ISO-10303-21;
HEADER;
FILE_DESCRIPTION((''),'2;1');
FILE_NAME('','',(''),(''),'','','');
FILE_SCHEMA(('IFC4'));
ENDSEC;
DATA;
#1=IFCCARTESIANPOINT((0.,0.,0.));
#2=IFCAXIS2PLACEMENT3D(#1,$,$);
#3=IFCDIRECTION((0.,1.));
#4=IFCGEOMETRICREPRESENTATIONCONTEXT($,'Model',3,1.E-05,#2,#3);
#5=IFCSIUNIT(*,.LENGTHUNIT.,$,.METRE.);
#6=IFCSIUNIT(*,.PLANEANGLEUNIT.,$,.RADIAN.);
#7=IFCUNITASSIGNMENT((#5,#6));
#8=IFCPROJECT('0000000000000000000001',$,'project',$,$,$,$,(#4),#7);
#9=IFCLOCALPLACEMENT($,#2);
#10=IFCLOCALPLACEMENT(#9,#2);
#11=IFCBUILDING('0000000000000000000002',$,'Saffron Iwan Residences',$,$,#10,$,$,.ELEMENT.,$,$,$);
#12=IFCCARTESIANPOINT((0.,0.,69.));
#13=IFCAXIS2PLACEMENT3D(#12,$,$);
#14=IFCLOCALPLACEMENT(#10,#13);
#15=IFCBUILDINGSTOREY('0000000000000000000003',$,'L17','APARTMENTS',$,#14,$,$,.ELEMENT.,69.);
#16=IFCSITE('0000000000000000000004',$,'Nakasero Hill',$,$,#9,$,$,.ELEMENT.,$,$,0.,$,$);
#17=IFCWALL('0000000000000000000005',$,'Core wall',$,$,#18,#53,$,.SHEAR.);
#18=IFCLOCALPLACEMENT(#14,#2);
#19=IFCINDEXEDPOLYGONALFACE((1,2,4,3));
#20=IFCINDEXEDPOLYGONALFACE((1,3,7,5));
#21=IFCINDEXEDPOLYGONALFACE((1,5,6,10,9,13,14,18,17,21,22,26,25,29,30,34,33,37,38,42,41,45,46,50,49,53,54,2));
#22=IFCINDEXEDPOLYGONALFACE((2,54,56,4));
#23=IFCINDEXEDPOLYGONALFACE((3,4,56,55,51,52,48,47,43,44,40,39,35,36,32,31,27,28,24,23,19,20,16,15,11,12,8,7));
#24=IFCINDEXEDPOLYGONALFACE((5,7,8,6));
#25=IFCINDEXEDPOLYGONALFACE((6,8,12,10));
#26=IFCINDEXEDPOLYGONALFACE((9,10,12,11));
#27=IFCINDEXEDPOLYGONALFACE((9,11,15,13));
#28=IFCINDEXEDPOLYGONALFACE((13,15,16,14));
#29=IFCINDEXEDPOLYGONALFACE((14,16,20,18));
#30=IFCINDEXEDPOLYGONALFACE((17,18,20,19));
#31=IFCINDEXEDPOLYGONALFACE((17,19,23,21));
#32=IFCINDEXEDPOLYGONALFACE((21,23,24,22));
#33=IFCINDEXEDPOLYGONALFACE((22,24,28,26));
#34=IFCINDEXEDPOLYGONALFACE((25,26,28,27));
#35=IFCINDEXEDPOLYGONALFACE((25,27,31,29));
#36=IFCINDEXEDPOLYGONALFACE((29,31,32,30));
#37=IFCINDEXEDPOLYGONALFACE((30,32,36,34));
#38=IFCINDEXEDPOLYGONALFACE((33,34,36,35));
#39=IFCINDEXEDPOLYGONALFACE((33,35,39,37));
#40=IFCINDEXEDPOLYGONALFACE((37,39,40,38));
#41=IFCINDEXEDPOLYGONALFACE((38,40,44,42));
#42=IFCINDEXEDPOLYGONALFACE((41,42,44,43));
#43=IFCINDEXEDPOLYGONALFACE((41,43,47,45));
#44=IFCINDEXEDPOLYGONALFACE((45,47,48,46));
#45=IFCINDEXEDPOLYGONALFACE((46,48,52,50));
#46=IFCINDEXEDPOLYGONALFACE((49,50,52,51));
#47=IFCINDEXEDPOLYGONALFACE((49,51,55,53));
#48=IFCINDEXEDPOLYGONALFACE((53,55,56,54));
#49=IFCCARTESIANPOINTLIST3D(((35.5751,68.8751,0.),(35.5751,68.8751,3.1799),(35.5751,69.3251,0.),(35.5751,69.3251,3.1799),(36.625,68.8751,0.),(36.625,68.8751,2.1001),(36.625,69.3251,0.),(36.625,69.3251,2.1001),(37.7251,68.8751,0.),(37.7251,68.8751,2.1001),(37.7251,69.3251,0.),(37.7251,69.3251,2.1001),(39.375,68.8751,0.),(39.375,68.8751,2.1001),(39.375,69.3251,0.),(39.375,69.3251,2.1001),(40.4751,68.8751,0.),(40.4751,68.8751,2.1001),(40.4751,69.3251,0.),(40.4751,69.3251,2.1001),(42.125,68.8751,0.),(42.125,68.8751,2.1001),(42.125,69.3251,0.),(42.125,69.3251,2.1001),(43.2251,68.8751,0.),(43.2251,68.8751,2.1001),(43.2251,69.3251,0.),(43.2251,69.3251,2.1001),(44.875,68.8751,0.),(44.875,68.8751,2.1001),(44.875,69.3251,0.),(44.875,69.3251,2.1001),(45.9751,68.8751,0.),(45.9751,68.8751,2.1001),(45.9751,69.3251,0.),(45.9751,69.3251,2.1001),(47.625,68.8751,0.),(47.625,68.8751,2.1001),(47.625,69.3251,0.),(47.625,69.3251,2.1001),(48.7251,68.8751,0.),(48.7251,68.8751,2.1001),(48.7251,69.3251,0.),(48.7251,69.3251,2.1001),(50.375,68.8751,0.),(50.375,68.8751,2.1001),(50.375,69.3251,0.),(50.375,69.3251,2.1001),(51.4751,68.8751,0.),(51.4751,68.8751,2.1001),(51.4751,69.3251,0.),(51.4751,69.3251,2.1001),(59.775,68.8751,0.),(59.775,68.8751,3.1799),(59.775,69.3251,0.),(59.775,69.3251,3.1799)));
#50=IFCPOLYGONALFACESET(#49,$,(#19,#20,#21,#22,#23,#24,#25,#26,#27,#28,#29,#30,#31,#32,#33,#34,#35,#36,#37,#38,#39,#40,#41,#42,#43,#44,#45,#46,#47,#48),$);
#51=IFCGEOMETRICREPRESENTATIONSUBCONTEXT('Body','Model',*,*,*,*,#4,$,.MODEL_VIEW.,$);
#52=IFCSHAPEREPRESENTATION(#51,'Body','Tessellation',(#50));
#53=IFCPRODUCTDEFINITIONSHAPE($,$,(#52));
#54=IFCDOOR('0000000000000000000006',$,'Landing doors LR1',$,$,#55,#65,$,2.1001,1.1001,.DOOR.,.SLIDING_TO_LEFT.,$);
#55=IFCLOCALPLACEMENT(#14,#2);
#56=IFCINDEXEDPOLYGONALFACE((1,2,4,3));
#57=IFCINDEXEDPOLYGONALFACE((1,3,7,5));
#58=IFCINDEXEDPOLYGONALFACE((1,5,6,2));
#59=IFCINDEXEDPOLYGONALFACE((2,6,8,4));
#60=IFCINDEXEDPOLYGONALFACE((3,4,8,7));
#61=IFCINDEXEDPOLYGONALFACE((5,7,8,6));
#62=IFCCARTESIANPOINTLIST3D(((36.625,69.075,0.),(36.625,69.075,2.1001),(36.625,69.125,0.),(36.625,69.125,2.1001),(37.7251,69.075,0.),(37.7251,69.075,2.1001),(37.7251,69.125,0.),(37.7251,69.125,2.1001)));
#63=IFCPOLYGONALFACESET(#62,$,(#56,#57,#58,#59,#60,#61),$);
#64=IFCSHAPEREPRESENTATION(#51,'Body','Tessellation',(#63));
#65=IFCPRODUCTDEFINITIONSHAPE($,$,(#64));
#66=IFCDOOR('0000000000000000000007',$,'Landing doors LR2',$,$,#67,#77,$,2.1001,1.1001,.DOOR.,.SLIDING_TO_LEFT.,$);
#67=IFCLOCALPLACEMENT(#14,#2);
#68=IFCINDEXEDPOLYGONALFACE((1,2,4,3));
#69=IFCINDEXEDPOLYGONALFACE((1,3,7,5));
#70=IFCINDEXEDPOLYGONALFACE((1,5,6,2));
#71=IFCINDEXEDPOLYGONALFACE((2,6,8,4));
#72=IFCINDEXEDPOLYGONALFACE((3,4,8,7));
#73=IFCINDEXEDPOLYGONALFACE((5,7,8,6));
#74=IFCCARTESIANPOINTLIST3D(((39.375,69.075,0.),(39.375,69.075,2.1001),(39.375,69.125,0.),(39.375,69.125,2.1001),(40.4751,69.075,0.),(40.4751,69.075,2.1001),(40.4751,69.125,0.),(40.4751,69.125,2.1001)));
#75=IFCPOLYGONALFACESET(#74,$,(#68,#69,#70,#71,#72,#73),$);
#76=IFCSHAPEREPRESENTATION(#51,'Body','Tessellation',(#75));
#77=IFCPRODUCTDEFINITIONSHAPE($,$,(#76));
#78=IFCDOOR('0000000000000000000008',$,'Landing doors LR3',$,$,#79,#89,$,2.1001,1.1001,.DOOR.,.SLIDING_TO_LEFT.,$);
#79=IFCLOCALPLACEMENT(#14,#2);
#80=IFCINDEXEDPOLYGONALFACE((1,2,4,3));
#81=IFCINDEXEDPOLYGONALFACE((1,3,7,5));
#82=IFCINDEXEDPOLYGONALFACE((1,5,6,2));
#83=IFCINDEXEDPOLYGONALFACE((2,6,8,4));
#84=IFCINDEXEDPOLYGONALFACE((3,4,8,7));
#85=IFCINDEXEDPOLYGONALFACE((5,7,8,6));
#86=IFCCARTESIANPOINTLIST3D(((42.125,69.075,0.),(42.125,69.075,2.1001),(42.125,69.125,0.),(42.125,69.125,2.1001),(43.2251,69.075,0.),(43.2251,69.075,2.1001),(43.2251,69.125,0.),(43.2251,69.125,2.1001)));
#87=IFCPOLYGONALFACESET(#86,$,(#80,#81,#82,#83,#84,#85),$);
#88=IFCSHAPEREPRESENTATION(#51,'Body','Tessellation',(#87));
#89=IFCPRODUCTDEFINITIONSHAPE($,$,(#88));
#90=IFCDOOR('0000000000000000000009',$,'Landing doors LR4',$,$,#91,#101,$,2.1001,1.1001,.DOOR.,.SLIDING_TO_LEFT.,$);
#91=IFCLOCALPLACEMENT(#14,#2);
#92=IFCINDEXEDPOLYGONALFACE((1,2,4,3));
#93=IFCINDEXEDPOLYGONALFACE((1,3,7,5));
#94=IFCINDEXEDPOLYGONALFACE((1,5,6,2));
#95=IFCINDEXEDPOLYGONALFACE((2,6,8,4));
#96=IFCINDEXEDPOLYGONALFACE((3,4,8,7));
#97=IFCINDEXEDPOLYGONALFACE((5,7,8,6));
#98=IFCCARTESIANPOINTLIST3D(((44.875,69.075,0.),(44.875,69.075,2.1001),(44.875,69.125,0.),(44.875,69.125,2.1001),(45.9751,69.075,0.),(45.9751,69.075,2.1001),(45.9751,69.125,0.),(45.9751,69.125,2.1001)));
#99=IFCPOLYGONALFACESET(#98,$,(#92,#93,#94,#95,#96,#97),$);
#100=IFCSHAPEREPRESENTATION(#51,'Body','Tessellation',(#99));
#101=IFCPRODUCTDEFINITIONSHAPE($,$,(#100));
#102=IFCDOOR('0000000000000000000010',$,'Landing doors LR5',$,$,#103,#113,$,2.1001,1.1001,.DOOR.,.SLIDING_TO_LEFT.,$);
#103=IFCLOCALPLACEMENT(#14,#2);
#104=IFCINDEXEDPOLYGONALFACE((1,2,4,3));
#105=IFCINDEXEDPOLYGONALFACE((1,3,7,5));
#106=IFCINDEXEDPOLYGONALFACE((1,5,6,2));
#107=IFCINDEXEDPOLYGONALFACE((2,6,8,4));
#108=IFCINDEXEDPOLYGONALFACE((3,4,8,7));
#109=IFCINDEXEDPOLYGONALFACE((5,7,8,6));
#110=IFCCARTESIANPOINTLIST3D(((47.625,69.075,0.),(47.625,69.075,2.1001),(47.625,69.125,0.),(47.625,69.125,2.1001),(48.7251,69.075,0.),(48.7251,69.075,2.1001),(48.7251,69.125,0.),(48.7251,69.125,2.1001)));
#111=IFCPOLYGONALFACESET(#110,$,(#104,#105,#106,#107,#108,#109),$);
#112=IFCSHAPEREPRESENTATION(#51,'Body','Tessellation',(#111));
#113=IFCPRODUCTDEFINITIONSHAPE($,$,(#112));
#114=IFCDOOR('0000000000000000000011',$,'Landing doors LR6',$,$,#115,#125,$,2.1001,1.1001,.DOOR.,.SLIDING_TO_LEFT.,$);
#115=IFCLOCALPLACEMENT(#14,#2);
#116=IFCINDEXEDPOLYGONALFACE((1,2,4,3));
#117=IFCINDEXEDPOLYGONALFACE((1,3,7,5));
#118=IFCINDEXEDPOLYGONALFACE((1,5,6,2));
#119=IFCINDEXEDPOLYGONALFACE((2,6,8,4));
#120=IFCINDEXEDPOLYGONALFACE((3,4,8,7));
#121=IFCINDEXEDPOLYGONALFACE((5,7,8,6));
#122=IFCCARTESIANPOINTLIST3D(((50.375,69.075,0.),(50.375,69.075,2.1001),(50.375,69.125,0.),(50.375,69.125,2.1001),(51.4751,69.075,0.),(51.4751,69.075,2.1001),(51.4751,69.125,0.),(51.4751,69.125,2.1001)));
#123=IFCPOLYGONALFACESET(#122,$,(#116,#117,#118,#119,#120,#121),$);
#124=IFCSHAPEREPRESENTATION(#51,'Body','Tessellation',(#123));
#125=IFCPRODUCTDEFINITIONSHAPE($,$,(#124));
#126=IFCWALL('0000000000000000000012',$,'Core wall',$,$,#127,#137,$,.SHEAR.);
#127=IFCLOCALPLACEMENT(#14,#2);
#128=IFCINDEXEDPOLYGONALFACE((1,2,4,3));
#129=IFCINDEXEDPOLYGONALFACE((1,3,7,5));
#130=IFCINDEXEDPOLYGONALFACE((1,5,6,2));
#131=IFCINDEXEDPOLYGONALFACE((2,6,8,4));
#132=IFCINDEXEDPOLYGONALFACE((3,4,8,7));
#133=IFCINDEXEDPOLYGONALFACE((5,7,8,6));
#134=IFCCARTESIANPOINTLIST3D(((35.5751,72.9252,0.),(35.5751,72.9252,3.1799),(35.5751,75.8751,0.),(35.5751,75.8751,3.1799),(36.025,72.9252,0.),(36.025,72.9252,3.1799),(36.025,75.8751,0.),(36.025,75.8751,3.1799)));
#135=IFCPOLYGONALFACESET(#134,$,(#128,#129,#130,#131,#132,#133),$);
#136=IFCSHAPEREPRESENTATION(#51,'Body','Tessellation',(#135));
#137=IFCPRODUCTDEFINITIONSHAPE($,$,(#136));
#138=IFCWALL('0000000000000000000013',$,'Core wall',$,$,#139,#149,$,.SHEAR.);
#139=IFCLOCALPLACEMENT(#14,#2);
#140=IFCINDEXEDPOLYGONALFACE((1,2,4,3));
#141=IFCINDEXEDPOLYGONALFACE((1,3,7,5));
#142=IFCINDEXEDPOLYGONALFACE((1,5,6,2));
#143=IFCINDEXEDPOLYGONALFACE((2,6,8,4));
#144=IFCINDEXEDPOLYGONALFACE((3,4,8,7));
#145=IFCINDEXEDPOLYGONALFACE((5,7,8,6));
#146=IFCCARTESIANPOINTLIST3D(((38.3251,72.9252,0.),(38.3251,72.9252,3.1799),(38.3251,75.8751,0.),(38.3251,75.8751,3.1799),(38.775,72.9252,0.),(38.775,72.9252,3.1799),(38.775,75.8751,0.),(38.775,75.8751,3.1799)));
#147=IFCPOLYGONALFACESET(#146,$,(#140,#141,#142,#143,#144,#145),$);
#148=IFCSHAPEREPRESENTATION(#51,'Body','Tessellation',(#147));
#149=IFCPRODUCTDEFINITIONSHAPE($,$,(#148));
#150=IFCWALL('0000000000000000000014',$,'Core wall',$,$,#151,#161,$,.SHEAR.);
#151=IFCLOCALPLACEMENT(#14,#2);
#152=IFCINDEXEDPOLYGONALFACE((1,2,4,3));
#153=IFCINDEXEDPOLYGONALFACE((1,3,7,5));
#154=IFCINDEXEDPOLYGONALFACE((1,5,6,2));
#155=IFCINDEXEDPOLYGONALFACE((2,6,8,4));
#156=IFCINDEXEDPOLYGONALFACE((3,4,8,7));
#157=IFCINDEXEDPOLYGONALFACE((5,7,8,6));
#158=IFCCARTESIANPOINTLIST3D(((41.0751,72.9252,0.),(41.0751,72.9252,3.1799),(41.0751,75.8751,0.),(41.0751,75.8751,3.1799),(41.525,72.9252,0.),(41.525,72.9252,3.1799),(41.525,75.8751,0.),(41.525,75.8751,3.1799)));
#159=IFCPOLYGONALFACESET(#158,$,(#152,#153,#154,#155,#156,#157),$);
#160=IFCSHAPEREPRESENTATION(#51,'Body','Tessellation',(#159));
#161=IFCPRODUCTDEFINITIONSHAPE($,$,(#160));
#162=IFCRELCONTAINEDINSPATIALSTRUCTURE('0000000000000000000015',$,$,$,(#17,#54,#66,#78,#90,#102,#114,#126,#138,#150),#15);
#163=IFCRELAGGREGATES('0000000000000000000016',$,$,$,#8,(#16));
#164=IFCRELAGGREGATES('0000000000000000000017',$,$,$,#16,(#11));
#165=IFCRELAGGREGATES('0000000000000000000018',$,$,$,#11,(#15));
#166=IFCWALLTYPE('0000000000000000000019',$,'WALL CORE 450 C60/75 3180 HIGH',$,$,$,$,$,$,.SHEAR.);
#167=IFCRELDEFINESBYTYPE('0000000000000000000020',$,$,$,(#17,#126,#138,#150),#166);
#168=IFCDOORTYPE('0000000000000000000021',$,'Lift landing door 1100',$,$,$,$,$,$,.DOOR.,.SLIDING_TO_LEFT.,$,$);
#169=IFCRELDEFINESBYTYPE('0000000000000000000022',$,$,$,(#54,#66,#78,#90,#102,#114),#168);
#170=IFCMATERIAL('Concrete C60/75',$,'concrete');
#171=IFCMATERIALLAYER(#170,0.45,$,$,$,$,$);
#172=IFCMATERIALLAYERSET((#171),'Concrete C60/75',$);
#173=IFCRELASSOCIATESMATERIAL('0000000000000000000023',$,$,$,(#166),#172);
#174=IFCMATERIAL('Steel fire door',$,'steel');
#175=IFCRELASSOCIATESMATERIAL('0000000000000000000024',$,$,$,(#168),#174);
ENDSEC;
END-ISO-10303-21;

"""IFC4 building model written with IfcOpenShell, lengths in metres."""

from ifc_helpers import new_model, si_unit, direction, frame, frame_2d, origin, place, context, subcontext, project, spatial, rectangle, extrude, material, layer, layer_set, type_object, element, fill, save


model = new_model("IFC4")

# Units and contexts
model_context = context("Model", 3, precision=1e-05, world=origin(), true_north=direction((0.0, 1.0)))
body_context = subcontext(model_context, "Body", "Model", "MODEL_VIEW")
ifc_project = project(units=[si_unit("LENGTHUNIT", "METRE"), si_unit("PLANEANGLEUNIT", "RADIAN")], contexts=[model_context])

# Site, building, storey
site_placement = place(None, origin())
site = spatial("IfcSite", under=ifc_project, at=site_placement, Name="Nakasero Hill", CompositionType="ELEMENT", RefElevation=0.0)
building_placement = place(site_placement, origin())
building = spatial("IfcBuilding", under=site, at=building_placement, Name="Saffron Iwan Residences", CompositionType="ELEMENT")
storey_placement = place(building_placement, frame((0.0, 0.0, 69.0)))
storey = spatial("IfcBuildingStorey", under=building, at=storey_placement, Name="L17", Description="APARTMENTS", CompositionType="ELEMENT", Elevation=69.0)

# Shared definitions
ifc_material_1 = material(Name="Concrete C60/75", Category="concrete")

# Shared definitions
ifc_material_2 = material(Name="Steel fire door", Category="steel")

# Wall, openings, doors
ifc_layer_1 = layer(ifc_material_1, 0.45)
ifc_layer_set_1 = layer_set([ifc_layer_1], Name="Concrete C60/75")
wall_type_1 = type_object("IfcWallType", Name="WALL CORE 450 C60/75 3180 HIGH", PredefinedType="SHEAR", material=ifc_layer_set_1)
wall_1_placement = place(storey_placement, frame((35.575, 69.1001, 0.0), z_axis=(0.0, 0.0, 1.0), x_axis=(1.0, 0.0, 0.0)))
wall_1 = element("IfcWall", 1, at=wall_1_placement, inside=storey, type_object=wall_type_1, Name="Core wall", PredefinedType="SHEAR", context=body_context, shape_type="SweptSolid", body=[
    extrude(rectangle(XDim=24.2, YDim=0.45, at=frame_2d((12.1001, 0.0))), origin(), (0.0, 0.0, 1.0), 3.1799),
])
opening_1_placement = place(wall_1_placement, frame((1.05, 0.0, 0.0)))
opening_1 = element("IfcOpeningElement", 2, at=opening_1_placement, cuts=wall_1, PredefinedType="OPENING", context=body_context, shape_type="SweptSolid", body=[
    extrude(rectangle(XDim=1.1001, YDim=2.1001, at=frame_2d((0.55, 1.05))), frame((0.0, 0.2349, 0.0), z_axis=(0.0, -1.0, 0.0), x_axis=(1.0, 0.0, 0.0)), (0.0, 0.0, 1.0), 0.47),
])
opening_2_placement = place(wall_1_placement, frame((3.8, 0.0, 0.0)))
opening_2 = element("IfcOpeningElement", 3, at=opening_2_placement, cuts=wall_1, PredefinedType="OPENING", context=body_context, shape_type="SweptSolid", body=[
    extrude(rectangle(XDim=1.1001, YDim=2.1001, at=frame_2d((0.55, 1.05))), frame((0.0, 0.2349, 0.0), z_axis=(0.0, -1.0, 0.0), x_axis=(1.0, 0.0, 0.0)), (0.0, 0.0, 1.0), 0.47),
])
opening_3_placement = place(wall_1_placement, frame((6.55, 0.0, 0.0)))
opening_3 = element("IfcOpeningElement", 4, at=opening_3_placement, cuts=wall_1, PredefinedType="OPENING", context=body_context, shape_type="SweptSolid", body=[
    extrude(rectangle(XDim=1.1001, YDim=2.1001, at=frame_2d((0.55, 1.05))), frame((0.0, 0.2349, 0.0), z_axis=(0.0, -1.0, 0.0), x_axis=(1.0, 0.0, 0.0)), (0.0, 0.0, 1.0), 0.47),
])
opening_4_placement = place(wall_1_placement, frame((9.3, 0.0, 0.0)))
opening_4 = element("IfcOpeningElement", 5, at=opening_4_placement, cuts=wall_1, PredefinedType="OPENING", context=body_context, shape_type="SweptSolid", body=[
    extrude(rectangle(XDim=1.1001, YDim=2.1001, at=frame_2d((0.55, 1.05))), frame((0.0, 0.2349, 0.0), z_axis=(0.0, -1.0, 0.0), x_axis=(1.0, 0.0, 0.0)), (0.0, 0.0, 1.0), 0.47),
])
opening_5_placement = place(wall_1_placement, frame((12.05, 0.0, 0.0)))
opening_5 = element("IfcOpeningElement", 6, at=opening_5_placement, cuts=wall_1, PredefinedType="OPENING", context=body_context, shape_type="SweptSolid", body=[
    extrude(rectangle(XDim=1.1001, YDim=2.1001, at=frame_2d((0.55, 1.05))), frame((0.0, 0.2349, 0.0), z_axis=(0.0, -1.0, 0.0), x_axis=(1.0, 0.0, 0.0)), (0.0, 0.0, 1.0), 0.47),
])
opening_6_placement = place(wall_1_placement, frame((14.8, 0.0, 0.0)))
opening_6 = element("IfcOpeningElement", 7, at=opening_6_placement, cuts=wall_1, PredefinedType="OPENING", context=body_context, shape_type="SweptSolid", body=[
    extrude(rectangle(XDim=1.1001, YDim=2.1001, at=frame_2d((0.55, 1.05))), frame((0.0, 0.2349, 0.0), z_axis=(0.0, -1.0, 0.0), x_axis=(1.0, 0.0, 0.0)), (0.0, 0.0, 1.0), 0.47),
])
door_type_1 = type_object("IfcDoorType", Name="Lift landing door 1100", OperationType="SLIDING_TO_LEFT", PredefinedType="DOOR", material=ifc_material_2)
door_1_placement = place(opening_1_placement, origin())
door_1 = element("IfcDoor", 8, at=door_1_placement, inside=storey, type_object=door_type_1, Name="Landing doors LR1", OperationType="SLIDING_TO_LEFT", OverallHeight=2.1001, OverallWidth=1.1001, PredefinedType="DOOR", context=body_context, shape_type="SweptSolid", body=[
    extrude(rectangle(XDim=1.1001, YDim=2.1001, at=frame_2d((0.55, 1.05))), frame((0.0, 0.0249, 0.0), z_axis=(0.0, -1.0, 0.0), x_axis=(1.0, 0.0, 0.0)), (0.0, 0.0, 1.0), 0.05),
])
fill(opening_1, door_1)
door_2_placement = place(opening_2_placement, origin())
door_2 = element("IfcDoor", 9, at=door_2_placement, inside=storey, type_object=door_type_1, Name="Landing doors LR2", OperationType="SLIDING_TO_LEFT", OverallHeight=2.1001, OverallWidth=1.1001, PredefinedType="DOOR", context=body_context, shape_type="SweptSolid", body=[
    extrude(rectangle(XDim=1.1001, YDim=2.1001, at=frame_2d((0.55, 1.05))), frame((0.0, 0.0249, 0.0), z_axis=(0.0, -1.0, 0.0), x_axis=(1.0, 0.0, 0.0)), (0.0, 0.0, 1.0), 0.05),
])
fill(opening_2, door_2)
door_3_placement = place(opening_3_placement, origin())
door_3 = element("IfcDoor", 10, at=door_3_placement, inside=storey, type_object=door_type_1, Name="Landing doors LR3", OperationType="SLIDING_TO_LEFT", OverallHeight=2.1001, OverallWidth=1.1001, PredefinedType="DOOR", context=body_context, shape_type="SweptSolid", body=[
    extrude(rectangle(XDim=1.1001, YDim=2.1001, at=frame_2d((0.55, 1.05))), frame((0.0, 0.0249, 0.0), z_axis=(0.0, -1.0, 0.0), x_axis=(1.0, 0.0, 0.0)), (0.0, 0.0, 1.0), 0.05),
])
fill(opening_3, door_3)
door_4_placement = place(opening_4_placement, origin())
door_4 = element("IfcDoor", 11, at=door_4_placement, inside=storey, type_object=door_type_1, Name="Landing doors LR4", OperationType="SLIDING_TO_LEFT", OverallHeight=2.1001, OverallWidth=1.1001, PredefinedType="DOOR", context=body_context, shape_type="SweptSolid", body=[
    extrude(rectangle(XDim=1.1001, YDim=2.1001, at=frame_2d((0.55, 1.05))), frame((0.0, 0.0249, 0.0), z_axis=(0.0, -1.0, 0.0), x_axis=(1.0, 0.0, 0.0)), (0.0, 0.0, 1.0), 0.05),
])
fill(opening_4, door_4)
door_5_placement = place(opening_5_placement, origin())
door_5 = element("IfcDoor", 12, at=door_5_placement, inside=storey, type_object=door_type_1, Name="Landing doors LR5", OperationType="SLIDING_TO_LEFT", OverallHeight=2.1001, OverallWidth=1.1001, PredefinedType="DOOR", context=body_context, shape_type="SweptSolid", body=[
    extrude(rectangle(XDim=1.1001, YDim=2.1001, at=frame_2d((0.55, 1.05))), frame((0.0, 0.0249, 0.0), z_axis=(0.0, -1.0, 0.0), x_axis=(1.0, 0.0, 0.0)), (0.0, 0.0, 1.0), 0.05),
])
fill(opening_5, door_5)
door_6_placement = place(opening_6_placement, origin())
door_6 = element("IfcDoor", 13, at=door_6_placement, inside=storey, type_object=door_type_1, Name="Landing doors LR6", OperationType="SLIDING_TO_LEFT", OverallHeight=2.1001, OverallWidth=1.1001, PredefinedType="DOOR", context=body_context, shape_type="SweptSolid", body=[
    extrude(rectangle(XDim=1.1001, YDim=2.1001, at=frame_2d((0.55, 1.05))), frame((0.0, 0.0249, 0.0), z_axis=(0.0, -1.0, 0.0), x_axis=(1.0, 0.0, 0.0)), (0.0, 0.0, 1.0), 0.05),
])
fill(opening_6, door_6)

# Walls
for number, where, z_axis, x_axis, name in (
    (14, (35.8, 72.925, 0.0), (0.0, 0.0, 1.0), (0.0, 1.0, 0.0), "Core wall"),
    (15, (38.55, 72.925, 0.0), (0.0, 0.0, 1.0), (0.0, 1.0, 0.0), "Core wall"),
    (16, (41.3, 72.925, 0.0), (0.0, 0.0, 1.0), (0.0, 1.0, 0.0), "Core wall"),
):
    element("IfcWall", number, at=place(storey_placement, frame(where, z_axis=z_axis, x_axis=x_axis)), inside=storey, type_object=wall_type_1, Name=name, PredefinedType="SHEAR", context=body_context, shape_type="SweptSolid", body=[
        extrude(rectangle(XDim=2.95, YDim=0.45, at=frame_2d((1.4751, 0.0))), origin(), (0.0, 0.0, 1.0), 3.1799),
    ])

save(model, "model.ifc")
